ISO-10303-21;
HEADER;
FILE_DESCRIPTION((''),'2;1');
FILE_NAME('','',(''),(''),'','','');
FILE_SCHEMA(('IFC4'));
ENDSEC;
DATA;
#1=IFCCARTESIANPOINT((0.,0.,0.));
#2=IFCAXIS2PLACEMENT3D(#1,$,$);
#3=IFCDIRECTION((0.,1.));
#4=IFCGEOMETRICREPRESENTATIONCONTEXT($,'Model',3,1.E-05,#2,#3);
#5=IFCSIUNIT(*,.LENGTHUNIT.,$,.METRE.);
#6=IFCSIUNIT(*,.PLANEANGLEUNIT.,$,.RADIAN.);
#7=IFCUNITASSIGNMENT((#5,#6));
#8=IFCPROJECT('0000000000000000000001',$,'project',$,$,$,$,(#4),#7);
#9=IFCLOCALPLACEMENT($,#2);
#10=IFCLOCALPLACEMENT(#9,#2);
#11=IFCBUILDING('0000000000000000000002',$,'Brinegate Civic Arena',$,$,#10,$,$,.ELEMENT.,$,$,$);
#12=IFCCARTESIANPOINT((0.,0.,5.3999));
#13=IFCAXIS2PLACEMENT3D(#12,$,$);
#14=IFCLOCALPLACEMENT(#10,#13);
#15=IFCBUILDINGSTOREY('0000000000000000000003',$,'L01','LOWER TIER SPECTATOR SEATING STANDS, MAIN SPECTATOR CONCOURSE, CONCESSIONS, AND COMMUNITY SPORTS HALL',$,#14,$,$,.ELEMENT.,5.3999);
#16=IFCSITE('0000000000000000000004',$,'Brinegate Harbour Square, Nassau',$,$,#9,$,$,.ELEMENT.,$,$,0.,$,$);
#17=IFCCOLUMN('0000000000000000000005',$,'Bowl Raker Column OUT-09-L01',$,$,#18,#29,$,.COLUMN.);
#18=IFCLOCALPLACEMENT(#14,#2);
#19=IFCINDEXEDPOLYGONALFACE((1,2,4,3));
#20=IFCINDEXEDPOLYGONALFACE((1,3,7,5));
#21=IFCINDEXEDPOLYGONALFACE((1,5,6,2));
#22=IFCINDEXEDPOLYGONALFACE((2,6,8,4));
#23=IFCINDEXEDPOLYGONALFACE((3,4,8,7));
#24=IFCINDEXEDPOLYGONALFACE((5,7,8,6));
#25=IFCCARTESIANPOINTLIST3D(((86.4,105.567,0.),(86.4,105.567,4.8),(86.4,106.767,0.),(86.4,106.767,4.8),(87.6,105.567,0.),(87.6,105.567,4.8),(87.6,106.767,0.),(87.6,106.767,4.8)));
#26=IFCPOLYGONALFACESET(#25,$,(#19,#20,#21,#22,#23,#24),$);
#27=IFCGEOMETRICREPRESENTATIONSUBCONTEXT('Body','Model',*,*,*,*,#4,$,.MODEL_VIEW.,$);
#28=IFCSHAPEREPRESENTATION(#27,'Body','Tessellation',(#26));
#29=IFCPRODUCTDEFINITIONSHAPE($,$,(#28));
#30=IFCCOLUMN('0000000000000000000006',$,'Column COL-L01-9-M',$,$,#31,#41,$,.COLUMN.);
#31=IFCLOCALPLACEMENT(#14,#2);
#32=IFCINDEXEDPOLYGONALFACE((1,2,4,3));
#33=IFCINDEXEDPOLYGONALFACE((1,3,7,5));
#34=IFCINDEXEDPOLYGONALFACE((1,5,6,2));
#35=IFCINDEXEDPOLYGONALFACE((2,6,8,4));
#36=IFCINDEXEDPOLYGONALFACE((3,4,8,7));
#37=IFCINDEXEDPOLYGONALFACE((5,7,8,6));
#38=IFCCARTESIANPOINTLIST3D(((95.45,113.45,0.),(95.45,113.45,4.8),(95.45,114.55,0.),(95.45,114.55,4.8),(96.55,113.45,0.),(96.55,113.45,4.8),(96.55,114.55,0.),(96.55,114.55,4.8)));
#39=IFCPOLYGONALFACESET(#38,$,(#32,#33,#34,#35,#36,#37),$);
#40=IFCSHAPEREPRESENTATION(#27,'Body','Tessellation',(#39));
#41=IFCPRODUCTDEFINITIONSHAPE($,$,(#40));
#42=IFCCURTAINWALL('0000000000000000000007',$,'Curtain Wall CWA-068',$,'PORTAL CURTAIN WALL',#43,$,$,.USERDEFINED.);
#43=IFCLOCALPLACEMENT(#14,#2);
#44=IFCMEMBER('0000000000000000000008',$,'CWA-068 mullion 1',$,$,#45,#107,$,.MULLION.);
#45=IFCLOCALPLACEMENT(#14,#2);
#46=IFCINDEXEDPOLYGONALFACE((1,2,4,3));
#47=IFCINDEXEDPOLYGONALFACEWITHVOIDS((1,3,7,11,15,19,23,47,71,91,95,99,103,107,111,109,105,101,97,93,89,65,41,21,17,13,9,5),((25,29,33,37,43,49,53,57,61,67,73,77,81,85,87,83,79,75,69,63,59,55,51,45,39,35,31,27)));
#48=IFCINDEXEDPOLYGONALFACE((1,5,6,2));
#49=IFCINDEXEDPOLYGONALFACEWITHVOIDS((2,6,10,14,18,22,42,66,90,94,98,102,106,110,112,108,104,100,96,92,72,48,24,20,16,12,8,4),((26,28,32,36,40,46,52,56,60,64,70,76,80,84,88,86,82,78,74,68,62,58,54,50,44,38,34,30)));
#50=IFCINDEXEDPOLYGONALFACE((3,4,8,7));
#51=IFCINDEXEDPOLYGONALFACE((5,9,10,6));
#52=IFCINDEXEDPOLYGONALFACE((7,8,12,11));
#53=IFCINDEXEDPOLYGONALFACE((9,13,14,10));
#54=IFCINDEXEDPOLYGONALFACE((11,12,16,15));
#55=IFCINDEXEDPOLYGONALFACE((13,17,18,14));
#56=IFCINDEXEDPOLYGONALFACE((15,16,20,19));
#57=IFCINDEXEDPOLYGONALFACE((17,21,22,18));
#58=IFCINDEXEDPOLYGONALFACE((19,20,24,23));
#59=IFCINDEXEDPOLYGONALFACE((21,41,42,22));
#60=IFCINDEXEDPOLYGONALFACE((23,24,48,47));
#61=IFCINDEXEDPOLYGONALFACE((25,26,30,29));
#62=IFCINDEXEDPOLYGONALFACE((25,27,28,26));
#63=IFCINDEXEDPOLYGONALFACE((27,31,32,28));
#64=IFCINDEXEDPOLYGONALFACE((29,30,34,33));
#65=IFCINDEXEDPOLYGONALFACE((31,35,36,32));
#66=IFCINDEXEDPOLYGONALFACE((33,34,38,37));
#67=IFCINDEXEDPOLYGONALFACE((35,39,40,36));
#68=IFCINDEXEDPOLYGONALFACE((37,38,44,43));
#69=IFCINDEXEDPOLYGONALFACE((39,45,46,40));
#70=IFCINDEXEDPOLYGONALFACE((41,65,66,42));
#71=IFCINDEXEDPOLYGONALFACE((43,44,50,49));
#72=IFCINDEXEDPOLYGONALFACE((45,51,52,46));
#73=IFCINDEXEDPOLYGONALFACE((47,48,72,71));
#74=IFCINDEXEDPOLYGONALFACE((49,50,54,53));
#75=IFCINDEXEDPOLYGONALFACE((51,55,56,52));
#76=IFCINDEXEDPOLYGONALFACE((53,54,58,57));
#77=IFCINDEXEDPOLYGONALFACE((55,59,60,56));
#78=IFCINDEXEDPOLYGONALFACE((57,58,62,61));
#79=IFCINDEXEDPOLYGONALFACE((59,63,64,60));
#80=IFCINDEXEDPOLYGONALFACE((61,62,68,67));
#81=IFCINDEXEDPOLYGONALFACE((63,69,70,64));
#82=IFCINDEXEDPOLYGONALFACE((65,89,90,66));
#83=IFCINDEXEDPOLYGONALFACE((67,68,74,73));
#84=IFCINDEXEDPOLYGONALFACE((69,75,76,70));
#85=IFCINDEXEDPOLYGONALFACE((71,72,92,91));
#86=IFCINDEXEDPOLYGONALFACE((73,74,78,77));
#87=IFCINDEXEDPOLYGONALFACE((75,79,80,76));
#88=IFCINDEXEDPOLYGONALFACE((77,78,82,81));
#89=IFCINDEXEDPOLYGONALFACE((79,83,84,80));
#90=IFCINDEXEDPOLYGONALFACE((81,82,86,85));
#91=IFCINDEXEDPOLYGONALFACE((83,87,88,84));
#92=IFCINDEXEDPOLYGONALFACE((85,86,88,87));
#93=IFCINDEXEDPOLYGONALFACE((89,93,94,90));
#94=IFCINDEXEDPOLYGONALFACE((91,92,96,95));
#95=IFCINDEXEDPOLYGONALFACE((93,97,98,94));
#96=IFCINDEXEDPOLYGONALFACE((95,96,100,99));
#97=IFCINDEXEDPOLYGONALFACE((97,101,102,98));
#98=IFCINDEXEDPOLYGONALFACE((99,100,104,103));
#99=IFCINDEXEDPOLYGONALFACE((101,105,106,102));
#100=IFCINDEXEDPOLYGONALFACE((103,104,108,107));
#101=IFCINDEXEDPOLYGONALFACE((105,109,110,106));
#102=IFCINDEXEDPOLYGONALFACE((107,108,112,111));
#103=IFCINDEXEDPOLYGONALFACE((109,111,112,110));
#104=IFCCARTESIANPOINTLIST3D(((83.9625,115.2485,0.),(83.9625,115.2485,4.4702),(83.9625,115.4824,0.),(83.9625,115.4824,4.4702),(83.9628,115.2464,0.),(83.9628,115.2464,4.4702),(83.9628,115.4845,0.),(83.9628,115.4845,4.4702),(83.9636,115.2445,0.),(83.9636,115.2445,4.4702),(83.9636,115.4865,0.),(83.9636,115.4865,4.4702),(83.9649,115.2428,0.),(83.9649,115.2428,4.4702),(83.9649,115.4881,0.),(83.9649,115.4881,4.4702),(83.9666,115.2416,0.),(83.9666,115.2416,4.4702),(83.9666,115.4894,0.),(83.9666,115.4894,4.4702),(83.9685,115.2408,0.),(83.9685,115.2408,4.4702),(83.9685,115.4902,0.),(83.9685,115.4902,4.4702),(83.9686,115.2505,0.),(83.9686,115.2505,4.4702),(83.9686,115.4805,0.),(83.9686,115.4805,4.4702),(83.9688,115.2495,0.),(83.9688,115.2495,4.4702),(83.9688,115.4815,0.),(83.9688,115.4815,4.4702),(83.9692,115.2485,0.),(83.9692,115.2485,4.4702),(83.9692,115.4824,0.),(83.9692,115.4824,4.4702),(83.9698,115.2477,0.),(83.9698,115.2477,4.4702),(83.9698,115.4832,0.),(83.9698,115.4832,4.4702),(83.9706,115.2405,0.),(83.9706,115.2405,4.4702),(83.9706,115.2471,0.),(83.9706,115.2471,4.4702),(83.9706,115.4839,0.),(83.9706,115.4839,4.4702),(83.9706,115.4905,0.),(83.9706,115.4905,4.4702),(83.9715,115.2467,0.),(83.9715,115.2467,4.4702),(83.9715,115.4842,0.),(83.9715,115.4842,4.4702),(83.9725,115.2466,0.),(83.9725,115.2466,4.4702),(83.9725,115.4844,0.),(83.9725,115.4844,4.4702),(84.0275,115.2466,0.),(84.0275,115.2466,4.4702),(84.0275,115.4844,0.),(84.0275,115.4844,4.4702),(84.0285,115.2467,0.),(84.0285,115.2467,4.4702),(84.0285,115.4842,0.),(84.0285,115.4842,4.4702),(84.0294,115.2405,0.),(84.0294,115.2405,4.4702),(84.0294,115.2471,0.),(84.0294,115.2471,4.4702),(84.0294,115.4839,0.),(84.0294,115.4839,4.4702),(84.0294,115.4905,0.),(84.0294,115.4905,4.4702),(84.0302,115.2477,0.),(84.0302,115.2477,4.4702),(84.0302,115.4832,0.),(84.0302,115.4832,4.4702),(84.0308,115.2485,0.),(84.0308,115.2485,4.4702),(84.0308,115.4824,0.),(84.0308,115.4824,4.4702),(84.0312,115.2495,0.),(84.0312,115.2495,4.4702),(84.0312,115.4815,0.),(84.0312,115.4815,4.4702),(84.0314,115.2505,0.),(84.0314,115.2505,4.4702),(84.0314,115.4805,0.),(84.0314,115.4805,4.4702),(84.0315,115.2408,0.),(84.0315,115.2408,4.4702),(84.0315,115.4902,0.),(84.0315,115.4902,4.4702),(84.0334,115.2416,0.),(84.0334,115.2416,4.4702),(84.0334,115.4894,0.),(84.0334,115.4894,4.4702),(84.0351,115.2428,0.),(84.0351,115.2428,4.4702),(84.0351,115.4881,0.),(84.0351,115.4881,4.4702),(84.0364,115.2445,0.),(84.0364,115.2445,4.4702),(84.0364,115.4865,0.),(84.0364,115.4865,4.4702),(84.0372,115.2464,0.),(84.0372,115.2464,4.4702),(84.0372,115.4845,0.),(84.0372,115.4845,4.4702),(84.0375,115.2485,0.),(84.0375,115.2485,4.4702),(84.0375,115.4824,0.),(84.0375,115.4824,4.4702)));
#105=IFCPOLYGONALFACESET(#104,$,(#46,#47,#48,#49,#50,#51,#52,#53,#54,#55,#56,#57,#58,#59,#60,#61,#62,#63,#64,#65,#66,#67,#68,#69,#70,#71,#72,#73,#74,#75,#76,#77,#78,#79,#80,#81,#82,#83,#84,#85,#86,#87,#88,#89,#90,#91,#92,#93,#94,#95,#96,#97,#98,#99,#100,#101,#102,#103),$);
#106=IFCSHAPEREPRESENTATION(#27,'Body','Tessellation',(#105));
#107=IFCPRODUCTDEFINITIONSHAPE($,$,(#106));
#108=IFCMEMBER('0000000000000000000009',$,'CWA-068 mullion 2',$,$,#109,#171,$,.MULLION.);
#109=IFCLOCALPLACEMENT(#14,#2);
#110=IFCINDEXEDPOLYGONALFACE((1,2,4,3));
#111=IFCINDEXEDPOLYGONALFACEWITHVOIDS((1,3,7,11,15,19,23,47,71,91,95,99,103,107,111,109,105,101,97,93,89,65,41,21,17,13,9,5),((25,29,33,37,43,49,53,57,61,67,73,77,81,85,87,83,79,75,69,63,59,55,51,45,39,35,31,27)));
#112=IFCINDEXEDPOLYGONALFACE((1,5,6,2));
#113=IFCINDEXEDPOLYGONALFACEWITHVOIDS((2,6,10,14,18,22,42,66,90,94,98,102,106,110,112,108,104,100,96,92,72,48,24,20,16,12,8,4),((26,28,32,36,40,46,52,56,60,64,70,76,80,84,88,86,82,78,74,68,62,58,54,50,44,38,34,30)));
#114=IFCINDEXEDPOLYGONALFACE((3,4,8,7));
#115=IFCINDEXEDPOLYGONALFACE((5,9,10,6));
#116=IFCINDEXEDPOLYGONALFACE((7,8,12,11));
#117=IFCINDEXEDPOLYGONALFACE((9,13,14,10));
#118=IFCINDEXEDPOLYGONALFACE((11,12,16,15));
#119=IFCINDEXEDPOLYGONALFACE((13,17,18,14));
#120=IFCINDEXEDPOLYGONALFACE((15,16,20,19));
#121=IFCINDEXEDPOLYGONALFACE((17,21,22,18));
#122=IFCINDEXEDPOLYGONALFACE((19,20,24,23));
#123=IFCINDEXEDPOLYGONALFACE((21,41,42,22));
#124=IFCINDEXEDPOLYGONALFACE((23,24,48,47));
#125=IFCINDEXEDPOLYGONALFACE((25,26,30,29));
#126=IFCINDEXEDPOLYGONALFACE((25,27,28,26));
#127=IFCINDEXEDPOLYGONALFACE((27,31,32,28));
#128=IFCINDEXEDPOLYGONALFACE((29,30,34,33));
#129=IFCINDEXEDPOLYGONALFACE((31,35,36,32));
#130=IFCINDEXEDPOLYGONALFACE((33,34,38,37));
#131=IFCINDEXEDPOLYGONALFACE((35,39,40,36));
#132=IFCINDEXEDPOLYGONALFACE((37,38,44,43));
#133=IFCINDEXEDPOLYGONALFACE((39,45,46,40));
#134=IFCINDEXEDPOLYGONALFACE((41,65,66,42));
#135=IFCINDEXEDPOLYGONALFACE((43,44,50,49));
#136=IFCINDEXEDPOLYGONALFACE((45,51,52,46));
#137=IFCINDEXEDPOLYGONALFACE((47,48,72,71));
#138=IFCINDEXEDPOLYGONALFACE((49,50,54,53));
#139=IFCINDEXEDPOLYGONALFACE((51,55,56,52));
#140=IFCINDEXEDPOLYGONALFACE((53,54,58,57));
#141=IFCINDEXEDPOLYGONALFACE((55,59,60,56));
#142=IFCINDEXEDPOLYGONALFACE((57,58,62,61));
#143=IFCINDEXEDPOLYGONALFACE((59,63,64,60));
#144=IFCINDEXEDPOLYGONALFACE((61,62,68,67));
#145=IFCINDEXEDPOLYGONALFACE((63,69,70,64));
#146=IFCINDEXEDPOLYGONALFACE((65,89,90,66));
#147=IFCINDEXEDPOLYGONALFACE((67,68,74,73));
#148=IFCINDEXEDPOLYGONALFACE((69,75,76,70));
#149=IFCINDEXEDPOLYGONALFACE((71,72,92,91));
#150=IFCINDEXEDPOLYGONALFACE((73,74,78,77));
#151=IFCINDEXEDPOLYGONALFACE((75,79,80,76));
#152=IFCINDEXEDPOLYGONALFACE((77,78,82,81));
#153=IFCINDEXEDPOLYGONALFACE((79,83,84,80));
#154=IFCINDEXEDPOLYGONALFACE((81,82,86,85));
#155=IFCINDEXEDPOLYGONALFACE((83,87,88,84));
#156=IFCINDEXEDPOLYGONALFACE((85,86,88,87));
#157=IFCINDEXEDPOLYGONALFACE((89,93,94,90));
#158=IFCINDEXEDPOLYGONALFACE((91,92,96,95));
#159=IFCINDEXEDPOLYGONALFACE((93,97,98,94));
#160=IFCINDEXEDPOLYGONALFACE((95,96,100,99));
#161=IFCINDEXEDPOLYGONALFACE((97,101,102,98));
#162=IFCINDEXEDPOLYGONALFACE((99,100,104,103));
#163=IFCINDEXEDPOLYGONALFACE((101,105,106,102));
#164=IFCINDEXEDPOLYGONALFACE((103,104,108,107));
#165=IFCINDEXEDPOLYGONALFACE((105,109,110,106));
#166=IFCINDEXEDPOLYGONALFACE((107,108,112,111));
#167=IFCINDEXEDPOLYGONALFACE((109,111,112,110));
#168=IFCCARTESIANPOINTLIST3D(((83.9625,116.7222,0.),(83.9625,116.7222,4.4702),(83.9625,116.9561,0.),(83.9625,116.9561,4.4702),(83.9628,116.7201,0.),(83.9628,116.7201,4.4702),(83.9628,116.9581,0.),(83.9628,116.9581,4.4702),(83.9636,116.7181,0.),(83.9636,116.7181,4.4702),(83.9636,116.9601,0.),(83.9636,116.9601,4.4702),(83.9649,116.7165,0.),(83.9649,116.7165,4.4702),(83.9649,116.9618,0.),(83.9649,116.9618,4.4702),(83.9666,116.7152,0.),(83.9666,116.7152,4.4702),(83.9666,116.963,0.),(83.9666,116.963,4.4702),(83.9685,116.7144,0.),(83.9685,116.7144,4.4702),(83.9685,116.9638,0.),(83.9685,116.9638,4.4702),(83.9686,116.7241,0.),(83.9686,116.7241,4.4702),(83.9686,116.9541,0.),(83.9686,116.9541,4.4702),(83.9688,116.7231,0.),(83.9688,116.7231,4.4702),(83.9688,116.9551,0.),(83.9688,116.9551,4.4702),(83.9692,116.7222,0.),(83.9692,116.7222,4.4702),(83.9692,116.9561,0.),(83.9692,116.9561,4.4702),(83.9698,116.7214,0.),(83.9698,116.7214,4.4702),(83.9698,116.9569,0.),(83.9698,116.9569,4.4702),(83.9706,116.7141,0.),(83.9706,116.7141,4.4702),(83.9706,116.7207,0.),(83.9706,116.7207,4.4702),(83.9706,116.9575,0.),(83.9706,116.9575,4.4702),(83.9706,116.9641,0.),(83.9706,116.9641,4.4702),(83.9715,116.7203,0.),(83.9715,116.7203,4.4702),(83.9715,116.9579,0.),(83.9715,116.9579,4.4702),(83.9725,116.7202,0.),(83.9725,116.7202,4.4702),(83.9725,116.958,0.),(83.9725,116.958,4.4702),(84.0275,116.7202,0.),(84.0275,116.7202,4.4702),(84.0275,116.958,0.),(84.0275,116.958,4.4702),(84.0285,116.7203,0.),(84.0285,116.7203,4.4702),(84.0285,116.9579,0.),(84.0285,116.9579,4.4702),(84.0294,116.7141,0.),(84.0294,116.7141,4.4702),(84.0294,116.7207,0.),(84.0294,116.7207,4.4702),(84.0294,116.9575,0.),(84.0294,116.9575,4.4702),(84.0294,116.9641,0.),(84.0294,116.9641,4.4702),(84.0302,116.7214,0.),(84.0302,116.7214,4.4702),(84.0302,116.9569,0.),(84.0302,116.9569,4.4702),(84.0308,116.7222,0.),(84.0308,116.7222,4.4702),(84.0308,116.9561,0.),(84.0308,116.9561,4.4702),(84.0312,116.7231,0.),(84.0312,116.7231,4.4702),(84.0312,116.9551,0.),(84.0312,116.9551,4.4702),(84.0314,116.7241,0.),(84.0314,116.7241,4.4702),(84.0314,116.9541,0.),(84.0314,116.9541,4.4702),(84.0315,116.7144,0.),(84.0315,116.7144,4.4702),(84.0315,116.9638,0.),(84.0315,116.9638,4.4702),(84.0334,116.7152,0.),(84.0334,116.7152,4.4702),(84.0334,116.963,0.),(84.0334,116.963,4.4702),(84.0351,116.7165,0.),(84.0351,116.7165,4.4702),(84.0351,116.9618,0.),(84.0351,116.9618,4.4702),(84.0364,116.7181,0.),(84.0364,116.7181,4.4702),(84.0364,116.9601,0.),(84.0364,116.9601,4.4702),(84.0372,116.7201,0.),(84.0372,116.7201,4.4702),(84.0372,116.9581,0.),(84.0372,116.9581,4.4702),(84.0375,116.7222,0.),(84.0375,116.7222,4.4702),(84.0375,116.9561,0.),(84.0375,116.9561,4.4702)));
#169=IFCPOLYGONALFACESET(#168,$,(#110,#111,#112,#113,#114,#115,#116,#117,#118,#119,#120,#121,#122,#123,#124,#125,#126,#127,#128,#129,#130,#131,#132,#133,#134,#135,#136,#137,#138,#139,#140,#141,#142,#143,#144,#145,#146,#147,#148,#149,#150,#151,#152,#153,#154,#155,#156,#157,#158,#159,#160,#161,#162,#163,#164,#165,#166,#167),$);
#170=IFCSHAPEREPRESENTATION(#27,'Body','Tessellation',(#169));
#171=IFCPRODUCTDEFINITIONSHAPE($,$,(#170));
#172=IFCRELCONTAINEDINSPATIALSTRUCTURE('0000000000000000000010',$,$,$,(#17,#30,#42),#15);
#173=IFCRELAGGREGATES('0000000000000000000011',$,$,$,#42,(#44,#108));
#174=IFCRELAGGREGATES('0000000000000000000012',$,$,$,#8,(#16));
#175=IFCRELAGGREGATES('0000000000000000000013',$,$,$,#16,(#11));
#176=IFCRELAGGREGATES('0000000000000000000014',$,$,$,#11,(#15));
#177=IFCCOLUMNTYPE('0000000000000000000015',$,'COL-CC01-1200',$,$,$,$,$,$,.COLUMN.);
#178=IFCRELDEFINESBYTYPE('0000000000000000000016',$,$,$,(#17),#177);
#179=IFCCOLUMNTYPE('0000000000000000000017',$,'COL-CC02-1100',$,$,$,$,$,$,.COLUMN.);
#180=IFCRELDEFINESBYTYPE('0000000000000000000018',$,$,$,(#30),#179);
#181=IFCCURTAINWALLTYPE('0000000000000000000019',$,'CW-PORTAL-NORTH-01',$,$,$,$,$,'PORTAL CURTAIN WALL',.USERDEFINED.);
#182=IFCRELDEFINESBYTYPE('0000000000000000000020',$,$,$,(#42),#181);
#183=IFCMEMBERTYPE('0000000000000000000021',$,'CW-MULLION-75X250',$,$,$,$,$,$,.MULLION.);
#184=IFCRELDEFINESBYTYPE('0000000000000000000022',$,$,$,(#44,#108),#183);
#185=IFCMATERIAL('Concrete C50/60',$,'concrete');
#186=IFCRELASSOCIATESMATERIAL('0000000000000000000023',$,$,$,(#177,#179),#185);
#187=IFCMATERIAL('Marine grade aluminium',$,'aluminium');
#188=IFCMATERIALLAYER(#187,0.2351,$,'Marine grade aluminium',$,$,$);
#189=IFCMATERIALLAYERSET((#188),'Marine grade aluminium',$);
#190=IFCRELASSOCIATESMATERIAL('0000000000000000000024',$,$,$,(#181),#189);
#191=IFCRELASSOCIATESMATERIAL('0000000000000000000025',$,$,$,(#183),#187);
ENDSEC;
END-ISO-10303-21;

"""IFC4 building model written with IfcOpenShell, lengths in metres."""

from ifc_helpers import new_model, si_unit, direction, frame, origin, origin_2d, place, context, subcontext, project, spatial, rectangle, hollow_rectangle, extrude, material, layer, layer_set, material_profile, profile_set, type_object, element, aggregate, save


model = new_model("IFC4")

# Units and contexts
model_context = context("Model", 3, precision=1e-05, world=origin(), true_north=direction((0.0, 1.0)))
body_context = subcontext(model_context, "Body", "Model", "MODEL_VIEW")
ifc_project = project(units=[si_unit("LENGTHUNIT", "METRE"), si_unit("PLANEANGLEUNIT", "RADIAN")], contexts=[model_context])

# Site, building, storey
site_placement = place(None, origin())
site = spatial("IfcSite", under=ifc_project, at=site_placement, Name="Brinegate Harbour Square, Nassau", CompositionType="ELEMENT", RefElevation=0.0)
building_placement = place(site_placement, origin())
building = spatial("IfcBuilding", under=site, at=building_placement, Name="Brinegate Civic Arena", CompositionType="ELEMENT")
storey_placement = place(building_placement, frame((0.0, 0.0, 5.3999)))
storey = spatial("IfcBuildingStorey", under=building, at=storey_placement, Name="L01", Description="LOWER TIER SPECTATOR SEATING STANDS, MAIN SPECTATOR CONCOURSE, CONCESSIONS, AND COMMUNITY SPORTS HALL", CompositionType="ELEMENT", Elevation=5.3999)

# Columns
ifc_material_1 = material(Name="Concrete C50/60", Category="concrete")
ifc_material_profile_1 = material_profile(ifc_material_1, rectangle(XDim=1.2, YDim=1.2, at=origin_2d()), Name="RC1200X1200")
ifc_profile_set_1 = profile_set([ifc_material_profile_1], Name="Concrete C50/60")
column_type_1 = type_object("IfcColumnType", Name="COL-CC01-1200", PredefinedType="COLUMN", material=ifc_profile_set_1)
column_1_placement = place(storey_placement, frame((87.0, 106.167, 0.0), z_axis=(0.0, 0.0, 1.0), x_axis=(1.0, 0.0, 0.0)))
element("IfcColumn", 1, at=column_1_placement, inside=storey, type_object=column_type_1, Name="Bowl Raker Column OUT-09-L01", PredefinedType="COLUMN", context=body_context, shape_type="SweptSolid", body=[
    extrude(rectangle(XDim=1.2, YDim=1.2, at=origin_2d()), origin(), (0.0, 0.0, 1.0), 4.8),
])
ifc_material_profile_2 = material_profile(ifc_material_1, rectangle(XDim=1.1001, YDim=1.1001, at=origin_2d()), Name="RC1100X1100")
ifc_profile_set_2 = profile_set([ifc_material_profile_2], Name="Concrete C50/60")
column_type_2 = type_object("IfcColumnType", Name="COL-CC02-1100", PredefinedType="COLUMN", material=ifc_profile_set_2)
column_2_placement = place(storey_placement, frame((96.0, 114.0, 0.0), z_axis=(0.0, 0.0, 1.0), x_axis=(1.0, 0.0, 0.0)))
element("IfcColumn", 2, at=column_2_placement, inside=storey, type_object=column_type_2, Name="Column COL-L01-9-M", PredefinedType="COLUMN", context=body_context, shape_type="SweptSolid", body=[
    extrude(rectangle(XDim=1.1001, YDim=1.1001, at=origin_2d()), origin(), (0.0, 0.0, 1.0), 4.8),
])

# Curtain wall, members
ifc_material_2 = material(Name="Marine grade aluminium", Category="aluminium")
ifc_layer_1 = layer(ifc_material_2, 0.2351, Name="Marine grade aluminium")
ifc_layer_set_1 = layer_set([ifc_layer_1], Name="Marine grade aluminium")
curtain_wall_type = type_object("IfcCurtainWallType", Name="CW-PORTAL-NORTH-01", ElementType="PORTAL CURTAIN WALL", PredefinedType="USERDEFINED", material=ifc_layer_set_1)
curtain_wall_placement = place(storey_placement, origin())
curtain_wall = element("IfcCurtainWall", 3, at=curtain_wall_placement, inside=storey, type_object=curtain_wall_type, Name="Curtain Wall CWA-068", ObjectType="PORTAL CURTAIN WALL", PredefinedType="USERDEFINED")
ifc_material_profile_3 = material_profile(ifc_material_2, hollow_rectangle(XDim=0.075, YDim=0.25, WallThickness=0.0061, InnerFilletRadius=0.0039, OuterFilletRadius=0.0081, at=origin_2d()), Name="MUL75X250")
ifc_profile_set_3 = profile_set([ifc_material_profile_3], Name="Marine grade aluminium")
member_type_1 = type_object("IfcMemberType", Name="CW-MULLION-75X250", PredefinedType="MULLION", material=ifc_profile_set_3)
member_1_placement = place(storey_placement, frame((84.0, 115.3655, 0.0), z_axis=(0.0, 0.0, 1.0), x_axis=(-1.0, 0.0, 0.0)))
member_1 = element("IfcMember", 4, at=member_1_placement, type_object=member_type_1, Name="CWA-068 mullion 1", PredefinedType="MULLION", context=body_context, shape_type="SweptSolid", body=[
    extrude(hollow_rectangle(XDim=0.075, YDim=0.25, WallThickness=0.0061, InnerFilletRadius=0.0039, OuterFilletRadius=0.0081, at=origin_2d()), origin(), (0.0, 0.0, 1.0), 4.4702),
])
member_2_placement = place(storey_placement, frame((84.0, 116.8391, 0.0), z_axis=(0.0, 0.0, 1.0), x_axis=(-1.0, 0.0, 0.0)))
member_2 = element("IfcMember", 5, at=member_2_placement, type_object=member_type_1, Name="CWA-068 mullion 2", PredefinedType="MULLION", context=body_context, shape_type="SweptSolid", body=[
    extrude(hollow_rectangle(XDim=0.075, YDim=0.25, WallThickness=0.0061, InnerFilletRadius=0.0039, OuterFilletRadius=0.0081, at=origin_2d()), origin(), (0.0, 0.0, 1.0), 4.4702),
])

aggregate(curtain_wall, [member_1, member_2])

save(model, "model.ifc")
